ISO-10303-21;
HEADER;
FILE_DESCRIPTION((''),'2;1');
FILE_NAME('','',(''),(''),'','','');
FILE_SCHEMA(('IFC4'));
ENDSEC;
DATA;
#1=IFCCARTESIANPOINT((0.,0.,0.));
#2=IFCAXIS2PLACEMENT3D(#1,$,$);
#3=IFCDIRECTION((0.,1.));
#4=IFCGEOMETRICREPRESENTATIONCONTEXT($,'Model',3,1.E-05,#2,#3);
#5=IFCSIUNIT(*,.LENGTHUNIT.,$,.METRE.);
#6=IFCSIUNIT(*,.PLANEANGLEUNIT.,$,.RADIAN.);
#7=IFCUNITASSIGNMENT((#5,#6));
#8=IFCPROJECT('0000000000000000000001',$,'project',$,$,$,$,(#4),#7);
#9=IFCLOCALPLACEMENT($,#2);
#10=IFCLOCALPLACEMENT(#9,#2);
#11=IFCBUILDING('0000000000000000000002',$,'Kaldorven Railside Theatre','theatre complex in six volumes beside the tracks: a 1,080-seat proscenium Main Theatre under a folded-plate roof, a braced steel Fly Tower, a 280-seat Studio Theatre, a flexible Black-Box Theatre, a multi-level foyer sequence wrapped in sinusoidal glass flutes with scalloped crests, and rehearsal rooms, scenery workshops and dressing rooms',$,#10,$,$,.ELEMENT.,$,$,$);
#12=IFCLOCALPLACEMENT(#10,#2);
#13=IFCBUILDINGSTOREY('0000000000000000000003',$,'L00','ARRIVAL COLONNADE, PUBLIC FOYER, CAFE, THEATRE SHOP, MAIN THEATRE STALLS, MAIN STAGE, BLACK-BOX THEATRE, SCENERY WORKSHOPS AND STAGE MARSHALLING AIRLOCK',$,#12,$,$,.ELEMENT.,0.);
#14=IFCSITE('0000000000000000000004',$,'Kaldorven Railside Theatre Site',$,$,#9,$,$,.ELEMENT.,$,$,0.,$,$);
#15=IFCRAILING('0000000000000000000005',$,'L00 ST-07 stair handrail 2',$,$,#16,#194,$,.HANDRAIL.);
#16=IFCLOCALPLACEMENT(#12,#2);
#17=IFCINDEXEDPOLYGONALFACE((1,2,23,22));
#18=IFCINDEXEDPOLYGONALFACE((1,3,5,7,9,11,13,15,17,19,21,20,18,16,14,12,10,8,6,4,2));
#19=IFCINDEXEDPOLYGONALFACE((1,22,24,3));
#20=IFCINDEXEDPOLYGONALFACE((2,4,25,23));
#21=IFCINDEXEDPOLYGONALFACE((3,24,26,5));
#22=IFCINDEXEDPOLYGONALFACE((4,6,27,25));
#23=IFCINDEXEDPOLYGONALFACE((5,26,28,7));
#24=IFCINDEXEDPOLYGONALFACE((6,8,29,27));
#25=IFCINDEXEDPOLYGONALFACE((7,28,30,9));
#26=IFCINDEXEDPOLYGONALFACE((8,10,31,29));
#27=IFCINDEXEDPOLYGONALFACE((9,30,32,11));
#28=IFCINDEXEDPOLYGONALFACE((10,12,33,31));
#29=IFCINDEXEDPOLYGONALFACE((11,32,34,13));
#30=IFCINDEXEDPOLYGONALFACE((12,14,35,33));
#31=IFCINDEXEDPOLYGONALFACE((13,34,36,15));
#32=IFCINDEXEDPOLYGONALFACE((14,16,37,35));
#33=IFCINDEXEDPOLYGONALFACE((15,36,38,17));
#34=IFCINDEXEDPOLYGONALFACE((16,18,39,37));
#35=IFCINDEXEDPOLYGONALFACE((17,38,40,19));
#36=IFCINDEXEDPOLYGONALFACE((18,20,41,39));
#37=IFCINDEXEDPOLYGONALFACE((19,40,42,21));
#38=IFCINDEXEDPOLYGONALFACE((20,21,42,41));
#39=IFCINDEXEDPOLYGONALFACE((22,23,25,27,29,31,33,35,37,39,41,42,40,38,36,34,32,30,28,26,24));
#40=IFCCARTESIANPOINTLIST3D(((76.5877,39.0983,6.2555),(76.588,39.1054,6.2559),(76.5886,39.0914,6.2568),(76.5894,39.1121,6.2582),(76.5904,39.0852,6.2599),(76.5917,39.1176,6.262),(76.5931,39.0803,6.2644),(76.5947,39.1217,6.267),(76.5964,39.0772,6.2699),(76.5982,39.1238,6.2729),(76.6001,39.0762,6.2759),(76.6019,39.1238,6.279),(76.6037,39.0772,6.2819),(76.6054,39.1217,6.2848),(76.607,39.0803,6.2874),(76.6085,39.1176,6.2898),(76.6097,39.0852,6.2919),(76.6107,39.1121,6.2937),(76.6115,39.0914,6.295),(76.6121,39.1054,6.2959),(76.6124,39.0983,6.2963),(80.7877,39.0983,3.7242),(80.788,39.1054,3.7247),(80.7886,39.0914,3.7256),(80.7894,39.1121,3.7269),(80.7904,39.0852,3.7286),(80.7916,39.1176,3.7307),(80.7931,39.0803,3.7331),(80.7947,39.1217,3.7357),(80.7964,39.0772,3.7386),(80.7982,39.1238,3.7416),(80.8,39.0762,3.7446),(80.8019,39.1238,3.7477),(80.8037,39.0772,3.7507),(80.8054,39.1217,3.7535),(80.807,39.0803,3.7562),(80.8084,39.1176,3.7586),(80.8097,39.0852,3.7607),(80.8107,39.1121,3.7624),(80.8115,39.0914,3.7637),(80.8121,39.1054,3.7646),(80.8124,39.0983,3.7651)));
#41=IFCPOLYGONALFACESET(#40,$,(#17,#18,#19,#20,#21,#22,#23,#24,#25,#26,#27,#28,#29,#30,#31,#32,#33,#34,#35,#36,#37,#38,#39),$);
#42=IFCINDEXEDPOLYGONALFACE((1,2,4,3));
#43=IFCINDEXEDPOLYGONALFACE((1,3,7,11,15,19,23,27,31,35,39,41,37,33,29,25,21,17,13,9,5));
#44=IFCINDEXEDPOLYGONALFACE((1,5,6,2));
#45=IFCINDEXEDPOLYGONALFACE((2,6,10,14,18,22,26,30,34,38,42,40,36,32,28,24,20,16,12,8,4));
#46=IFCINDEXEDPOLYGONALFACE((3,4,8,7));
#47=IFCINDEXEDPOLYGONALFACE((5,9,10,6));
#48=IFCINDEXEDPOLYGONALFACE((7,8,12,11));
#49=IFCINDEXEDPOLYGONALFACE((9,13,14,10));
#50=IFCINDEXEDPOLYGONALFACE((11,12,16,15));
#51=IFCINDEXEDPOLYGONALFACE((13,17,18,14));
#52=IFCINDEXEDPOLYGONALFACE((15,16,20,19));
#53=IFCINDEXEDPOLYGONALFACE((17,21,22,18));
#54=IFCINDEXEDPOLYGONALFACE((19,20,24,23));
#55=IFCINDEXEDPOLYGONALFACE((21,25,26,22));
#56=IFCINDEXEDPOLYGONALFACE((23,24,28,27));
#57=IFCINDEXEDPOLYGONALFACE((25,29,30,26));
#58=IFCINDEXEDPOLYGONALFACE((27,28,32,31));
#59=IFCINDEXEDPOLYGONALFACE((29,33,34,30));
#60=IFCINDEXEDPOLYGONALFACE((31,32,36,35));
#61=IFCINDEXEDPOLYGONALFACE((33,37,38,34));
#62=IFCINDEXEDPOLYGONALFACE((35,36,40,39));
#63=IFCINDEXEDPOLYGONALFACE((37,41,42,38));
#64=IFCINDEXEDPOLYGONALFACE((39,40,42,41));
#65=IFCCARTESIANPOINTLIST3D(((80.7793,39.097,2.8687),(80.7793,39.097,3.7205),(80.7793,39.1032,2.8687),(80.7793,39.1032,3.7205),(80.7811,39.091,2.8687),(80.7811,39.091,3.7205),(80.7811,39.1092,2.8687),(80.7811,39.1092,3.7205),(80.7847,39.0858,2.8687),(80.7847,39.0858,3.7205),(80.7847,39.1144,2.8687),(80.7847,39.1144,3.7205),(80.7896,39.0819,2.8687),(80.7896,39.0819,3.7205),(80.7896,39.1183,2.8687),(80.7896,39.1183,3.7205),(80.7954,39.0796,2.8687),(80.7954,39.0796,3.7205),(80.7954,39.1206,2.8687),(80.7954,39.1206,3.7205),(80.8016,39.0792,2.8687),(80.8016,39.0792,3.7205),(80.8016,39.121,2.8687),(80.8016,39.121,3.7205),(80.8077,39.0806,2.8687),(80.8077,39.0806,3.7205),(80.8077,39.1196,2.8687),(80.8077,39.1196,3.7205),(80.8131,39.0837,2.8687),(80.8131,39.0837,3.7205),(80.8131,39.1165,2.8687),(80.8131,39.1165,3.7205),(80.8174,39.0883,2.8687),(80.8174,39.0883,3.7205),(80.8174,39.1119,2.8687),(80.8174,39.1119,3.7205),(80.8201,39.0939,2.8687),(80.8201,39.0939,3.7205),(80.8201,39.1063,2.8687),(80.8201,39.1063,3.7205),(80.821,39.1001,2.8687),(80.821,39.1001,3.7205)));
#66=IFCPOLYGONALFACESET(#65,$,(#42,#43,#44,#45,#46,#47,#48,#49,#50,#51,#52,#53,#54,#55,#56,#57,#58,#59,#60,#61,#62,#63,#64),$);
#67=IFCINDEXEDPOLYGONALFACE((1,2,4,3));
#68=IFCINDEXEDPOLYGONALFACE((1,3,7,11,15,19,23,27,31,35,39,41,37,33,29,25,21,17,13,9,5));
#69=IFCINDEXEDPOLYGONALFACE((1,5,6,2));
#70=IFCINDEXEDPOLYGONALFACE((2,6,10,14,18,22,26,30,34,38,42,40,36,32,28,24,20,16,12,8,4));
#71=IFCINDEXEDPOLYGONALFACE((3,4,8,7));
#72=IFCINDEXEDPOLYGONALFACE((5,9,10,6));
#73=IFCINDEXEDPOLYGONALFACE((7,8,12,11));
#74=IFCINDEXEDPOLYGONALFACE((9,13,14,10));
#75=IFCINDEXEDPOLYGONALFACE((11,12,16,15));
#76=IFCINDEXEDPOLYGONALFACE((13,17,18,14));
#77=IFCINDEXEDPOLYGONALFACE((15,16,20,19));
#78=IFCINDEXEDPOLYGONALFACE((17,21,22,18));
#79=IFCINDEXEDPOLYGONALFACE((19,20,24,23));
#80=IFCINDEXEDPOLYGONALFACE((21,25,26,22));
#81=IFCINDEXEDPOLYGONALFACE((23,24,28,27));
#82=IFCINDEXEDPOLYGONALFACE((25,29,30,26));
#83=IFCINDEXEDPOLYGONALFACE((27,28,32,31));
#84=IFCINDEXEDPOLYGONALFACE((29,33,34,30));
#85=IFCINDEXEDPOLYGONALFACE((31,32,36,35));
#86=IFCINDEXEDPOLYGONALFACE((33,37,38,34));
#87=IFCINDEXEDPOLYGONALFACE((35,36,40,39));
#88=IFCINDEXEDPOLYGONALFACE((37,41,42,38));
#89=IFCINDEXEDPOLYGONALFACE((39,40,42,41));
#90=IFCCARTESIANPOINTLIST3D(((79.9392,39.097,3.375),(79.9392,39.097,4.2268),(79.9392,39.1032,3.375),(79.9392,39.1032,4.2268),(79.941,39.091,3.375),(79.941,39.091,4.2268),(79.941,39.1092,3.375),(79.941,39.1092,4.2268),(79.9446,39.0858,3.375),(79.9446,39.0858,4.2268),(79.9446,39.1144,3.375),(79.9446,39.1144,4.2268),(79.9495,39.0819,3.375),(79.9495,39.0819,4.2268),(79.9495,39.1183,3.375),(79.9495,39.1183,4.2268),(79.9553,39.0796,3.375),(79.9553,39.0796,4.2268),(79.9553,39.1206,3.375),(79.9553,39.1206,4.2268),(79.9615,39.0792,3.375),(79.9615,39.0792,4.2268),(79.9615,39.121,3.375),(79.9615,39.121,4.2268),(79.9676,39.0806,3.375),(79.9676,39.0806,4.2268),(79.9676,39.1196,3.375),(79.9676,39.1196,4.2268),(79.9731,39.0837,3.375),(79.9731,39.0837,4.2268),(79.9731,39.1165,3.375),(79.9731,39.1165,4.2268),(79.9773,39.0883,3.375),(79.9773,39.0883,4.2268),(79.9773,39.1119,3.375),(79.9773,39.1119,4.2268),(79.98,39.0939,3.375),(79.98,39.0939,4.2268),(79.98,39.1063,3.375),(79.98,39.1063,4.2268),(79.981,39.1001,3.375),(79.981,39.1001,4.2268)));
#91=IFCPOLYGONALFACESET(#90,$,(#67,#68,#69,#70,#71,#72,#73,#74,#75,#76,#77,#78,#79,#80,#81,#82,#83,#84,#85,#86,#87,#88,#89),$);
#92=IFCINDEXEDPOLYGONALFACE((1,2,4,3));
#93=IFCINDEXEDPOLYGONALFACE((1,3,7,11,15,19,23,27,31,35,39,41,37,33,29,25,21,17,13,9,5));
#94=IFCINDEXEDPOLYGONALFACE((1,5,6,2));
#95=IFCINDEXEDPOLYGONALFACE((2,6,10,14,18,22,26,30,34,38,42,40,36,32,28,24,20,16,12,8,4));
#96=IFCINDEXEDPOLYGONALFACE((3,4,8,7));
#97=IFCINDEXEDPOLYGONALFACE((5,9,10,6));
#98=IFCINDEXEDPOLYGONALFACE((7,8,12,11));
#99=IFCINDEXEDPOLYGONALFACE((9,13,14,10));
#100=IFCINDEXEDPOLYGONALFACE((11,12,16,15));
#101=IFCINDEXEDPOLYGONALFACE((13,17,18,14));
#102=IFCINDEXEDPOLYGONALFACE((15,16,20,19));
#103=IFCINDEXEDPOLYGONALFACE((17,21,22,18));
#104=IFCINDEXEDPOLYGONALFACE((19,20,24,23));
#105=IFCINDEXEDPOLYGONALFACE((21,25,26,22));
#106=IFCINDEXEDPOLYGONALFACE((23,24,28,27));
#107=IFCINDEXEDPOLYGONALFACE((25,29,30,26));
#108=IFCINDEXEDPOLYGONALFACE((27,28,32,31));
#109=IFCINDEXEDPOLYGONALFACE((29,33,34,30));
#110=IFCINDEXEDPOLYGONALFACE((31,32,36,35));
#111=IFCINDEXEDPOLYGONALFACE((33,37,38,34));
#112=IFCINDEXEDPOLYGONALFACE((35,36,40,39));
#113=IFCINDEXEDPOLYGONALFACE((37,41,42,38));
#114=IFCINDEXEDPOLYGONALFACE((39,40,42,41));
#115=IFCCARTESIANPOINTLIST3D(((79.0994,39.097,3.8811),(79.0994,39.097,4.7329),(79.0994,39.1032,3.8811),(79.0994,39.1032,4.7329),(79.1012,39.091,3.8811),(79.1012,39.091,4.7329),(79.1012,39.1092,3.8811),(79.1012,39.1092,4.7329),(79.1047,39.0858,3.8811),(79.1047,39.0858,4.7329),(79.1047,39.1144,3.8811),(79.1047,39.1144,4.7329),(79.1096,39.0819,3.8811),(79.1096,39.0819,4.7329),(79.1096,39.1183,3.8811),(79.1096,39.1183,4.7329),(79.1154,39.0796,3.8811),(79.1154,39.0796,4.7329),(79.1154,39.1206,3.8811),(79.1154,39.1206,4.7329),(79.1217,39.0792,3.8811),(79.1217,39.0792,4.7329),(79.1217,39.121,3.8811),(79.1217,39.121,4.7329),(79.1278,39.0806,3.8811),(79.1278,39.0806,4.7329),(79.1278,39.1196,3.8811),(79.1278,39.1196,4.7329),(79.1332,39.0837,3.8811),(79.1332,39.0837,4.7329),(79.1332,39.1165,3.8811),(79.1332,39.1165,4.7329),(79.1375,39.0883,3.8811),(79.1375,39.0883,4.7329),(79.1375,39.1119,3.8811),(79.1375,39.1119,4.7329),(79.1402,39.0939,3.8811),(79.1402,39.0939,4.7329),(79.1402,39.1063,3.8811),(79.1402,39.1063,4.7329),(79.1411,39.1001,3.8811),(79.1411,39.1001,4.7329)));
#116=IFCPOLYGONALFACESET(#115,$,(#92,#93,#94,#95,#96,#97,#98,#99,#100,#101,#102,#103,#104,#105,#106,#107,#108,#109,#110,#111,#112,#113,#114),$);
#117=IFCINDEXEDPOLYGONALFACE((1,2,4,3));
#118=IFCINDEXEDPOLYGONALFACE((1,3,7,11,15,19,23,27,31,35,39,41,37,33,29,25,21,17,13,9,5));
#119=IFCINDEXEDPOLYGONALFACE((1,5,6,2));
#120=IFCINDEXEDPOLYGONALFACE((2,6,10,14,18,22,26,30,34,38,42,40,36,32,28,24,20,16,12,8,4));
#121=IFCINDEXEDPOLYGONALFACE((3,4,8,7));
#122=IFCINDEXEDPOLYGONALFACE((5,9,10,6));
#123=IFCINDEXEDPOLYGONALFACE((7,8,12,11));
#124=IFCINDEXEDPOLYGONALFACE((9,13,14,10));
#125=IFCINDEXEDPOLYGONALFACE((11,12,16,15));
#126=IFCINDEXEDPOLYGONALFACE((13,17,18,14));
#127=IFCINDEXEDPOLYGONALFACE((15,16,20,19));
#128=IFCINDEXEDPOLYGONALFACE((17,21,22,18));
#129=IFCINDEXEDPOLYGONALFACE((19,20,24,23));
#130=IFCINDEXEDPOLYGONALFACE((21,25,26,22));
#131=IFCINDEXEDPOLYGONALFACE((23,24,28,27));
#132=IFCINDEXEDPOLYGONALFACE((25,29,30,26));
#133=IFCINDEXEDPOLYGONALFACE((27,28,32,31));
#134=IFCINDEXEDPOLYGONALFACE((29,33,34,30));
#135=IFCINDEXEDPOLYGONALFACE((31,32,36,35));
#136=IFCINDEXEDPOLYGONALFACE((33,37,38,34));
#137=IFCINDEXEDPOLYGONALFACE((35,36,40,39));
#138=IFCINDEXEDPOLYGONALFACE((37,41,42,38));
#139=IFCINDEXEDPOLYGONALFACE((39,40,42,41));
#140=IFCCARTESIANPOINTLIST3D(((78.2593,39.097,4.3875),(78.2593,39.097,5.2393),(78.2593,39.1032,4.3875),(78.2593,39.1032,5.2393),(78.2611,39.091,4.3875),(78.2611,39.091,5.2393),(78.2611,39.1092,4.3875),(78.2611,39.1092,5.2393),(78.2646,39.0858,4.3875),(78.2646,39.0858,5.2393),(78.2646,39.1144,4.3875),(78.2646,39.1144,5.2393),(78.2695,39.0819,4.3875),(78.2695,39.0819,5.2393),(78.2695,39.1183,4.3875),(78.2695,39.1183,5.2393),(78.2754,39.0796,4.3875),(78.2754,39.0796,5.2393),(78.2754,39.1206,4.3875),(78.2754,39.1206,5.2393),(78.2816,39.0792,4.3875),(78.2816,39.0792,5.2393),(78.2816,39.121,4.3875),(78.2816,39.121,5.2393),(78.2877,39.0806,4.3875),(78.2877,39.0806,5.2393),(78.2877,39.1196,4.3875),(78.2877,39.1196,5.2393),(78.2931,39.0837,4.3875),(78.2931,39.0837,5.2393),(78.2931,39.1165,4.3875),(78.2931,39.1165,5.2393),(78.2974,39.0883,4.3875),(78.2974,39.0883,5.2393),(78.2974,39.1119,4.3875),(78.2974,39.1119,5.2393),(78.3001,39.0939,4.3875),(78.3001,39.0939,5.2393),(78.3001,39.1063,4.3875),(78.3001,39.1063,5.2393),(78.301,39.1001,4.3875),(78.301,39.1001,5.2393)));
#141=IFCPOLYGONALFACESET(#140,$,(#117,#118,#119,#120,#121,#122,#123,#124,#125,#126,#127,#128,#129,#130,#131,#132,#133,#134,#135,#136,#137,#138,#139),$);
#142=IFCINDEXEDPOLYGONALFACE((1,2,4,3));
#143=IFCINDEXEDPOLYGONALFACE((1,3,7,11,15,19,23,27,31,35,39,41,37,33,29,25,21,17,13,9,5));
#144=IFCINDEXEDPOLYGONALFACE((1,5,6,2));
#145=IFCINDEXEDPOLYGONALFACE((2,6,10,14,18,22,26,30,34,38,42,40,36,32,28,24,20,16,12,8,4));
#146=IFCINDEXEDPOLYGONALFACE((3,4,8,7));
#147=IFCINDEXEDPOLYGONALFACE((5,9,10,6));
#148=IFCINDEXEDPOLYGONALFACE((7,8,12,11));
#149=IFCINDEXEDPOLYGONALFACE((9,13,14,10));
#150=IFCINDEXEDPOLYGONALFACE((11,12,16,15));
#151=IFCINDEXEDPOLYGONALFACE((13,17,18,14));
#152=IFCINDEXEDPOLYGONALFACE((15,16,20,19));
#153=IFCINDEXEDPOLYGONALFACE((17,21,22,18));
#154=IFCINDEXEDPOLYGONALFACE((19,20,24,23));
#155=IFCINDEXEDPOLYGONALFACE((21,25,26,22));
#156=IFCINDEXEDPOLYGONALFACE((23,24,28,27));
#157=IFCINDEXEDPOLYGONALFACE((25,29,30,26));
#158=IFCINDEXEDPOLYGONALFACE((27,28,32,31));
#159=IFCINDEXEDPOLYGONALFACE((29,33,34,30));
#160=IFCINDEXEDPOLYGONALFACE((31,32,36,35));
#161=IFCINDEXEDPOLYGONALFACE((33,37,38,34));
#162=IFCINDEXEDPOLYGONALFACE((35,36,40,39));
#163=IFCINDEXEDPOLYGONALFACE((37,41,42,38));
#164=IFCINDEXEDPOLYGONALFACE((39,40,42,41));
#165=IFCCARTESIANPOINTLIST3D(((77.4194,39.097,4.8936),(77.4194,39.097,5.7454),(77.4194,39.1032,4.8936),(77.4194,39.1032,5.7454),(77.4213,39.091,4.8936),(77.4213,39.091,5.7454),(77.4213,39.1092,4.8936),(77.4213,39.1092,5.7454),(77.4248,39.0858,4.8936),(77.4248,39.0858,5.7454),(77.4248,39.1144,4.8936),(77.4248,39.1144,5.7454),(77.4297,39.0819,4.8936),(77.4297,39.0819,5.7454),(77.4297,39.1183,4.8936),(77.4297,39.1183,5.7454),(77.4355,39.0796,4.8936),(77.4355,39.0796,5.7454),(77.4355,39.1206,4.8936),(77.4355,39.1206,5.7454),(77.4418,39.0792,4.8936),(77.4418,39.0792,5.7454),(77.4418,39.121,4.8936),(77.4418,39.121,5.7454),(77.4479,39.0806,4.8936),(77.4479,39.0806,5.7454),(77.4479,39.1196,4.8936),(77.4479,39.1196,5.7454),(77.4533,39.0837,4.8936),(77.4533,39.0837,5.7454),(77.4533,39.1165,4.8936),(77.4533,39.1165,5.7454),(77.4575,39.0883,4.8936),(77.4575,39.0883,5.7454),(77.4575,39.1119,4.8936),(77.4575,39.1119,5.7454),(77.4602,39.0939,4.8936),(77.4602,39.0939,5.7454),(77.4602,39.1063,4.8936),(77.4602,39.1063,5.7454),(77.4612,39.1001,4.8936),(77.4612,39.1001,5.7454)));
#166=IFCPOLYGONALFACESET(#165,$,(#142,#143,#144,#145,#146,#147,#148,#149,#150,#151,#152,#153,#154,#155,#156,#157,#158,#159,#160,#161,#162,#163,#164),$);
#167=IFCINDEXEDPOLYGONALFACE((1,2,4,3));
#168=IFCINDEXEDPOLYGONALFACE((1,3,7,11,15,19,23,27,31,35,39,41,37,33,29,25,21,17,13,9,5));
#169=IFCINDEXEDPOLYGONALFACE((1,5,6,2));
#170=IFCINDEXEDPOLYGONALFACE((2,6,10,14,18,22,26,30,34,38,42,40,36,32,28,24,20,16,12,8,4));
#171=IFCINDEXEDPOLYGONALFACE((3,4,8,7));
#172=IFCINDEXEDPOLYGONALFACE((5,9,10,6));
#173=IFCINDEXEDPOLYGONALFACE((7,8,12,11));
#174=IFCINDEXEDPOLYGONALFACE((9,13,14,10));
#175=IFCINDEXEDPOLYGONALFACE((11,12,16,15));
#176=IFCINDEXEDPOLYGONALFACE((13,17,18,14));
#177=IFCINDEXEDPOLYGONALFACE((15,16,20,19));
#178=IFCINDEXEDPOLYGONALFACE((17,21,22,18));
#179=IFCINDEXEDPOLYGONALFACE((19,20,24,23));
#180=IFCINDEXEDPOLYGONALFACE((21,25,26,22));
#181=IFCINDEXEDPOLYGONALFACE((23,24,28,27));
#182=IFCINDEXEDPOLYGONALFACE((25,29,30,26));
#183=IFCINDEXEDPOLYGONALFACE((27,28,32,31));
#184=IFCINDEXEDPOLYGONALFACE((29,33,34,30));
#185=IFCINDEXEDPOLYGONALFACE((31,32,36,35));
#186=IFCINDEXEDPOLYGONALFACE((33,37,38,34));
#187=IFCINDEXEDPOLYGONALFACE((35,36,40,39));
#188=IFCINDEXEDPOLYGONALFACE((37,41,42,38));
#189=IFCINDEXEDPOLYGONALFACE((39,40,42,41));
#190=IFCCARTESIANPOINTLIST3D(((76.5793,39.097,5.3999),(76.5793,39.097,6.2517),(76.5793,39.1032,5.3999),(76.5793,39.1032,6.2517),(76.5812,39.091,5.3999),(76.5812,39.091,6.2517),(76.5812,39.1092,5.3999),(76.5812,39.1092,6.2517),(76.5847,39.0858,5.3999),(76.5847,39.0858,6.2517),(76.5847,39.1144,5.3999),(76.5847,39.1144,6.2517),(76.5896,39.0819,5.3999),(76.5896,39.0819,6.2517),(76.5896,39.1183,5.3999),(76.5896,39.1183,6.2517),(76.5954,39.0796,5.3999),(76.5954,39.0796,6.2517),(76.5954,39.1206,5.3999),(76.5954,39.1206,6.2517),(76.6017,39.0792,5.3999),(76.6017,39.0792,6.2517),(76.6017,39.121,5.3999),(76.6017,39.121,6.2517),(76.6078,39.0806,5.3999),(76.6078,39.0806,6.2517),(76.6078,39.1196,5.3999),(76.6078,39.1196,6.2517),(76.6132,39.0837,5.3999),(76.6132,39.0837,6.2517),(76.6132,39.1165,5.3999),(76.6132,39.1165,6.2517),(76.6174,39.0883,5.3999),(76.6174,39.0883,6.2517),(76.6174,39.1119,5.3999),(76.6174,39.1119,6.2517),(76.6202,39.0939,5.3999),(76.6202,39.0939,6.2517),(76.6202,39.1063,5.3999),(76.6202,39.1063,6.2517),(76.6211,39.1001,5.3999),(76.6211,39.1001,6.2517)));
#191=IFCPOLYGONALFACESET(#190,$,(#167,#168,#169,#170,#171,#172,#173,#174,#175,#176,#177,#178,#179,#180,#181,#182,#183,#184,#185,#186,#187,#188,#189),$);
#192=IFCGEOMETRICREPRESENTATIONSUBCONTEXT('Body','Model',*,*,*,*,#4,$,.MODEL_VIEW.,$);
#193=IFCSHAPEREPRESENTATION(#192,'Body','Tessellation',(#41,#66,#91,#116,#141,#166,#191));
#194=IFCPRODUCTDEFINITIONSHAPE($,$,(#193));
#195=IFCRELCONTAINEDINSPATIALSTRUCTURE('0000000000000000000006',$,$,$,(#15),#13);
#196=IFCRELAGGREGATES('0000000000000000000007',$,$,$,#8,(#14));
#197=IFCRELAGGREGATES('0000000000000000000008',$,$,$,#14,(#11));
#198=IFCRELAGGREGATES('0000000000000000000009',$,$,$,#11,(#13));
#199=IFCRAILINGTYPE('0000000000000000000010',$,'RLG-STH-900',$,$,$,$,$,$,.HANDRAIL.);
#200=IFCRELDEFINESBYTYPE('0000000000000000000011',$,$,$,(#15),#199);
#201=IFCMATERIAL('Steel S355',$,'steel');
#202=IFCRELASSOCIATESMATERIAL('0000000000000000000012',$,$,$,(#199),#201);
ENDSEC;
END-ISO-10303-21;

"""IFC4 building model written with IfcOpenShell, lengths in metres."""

from ifc_helpers import new_model, si_unit, direction, frame, origin, origin_2d, place, context, subcontext, project, spatial, circle, extrude, material, type_object, element, save


model = new_model("IFC4")

# Units and contexts
model_context = context("Model", 3, precision=1e-05, world=origin(), true_north=direction((0.0, 1.0)))
body_context = subcontext(model_context, "Body", "Model", "MODEL_VIEW")
ifc_project = project(units=[si_unit("LENGTHUNIT", "METRE"), si_unit("PLANEANGLEUNIT", "RADIAN")], contexts=[model_context])

# Site, building, storey
site_placement = place(None, origin())
site = spatial("IfcSite", under=ifc_project, at=site_placement, Name="Kaldorven Railside Theatre Site", CompositionType="ELEMENT", RefElevation=0.0)
building_placement = place(site_placement, origin())
building = spatial("IfcBuilding", under=site, at=building_placement, Name="Kaldorven Railside Theatre", Description="theatre complex in six volumes beside the tracks: a 1,080-seat proscenium Main Theatre under a folded-plate roof, a braced steel Fly Tower, a 280-seat Studio Theatre, a flexible Black-Box Theatre, a multi-level foyer sequence wrapped in sinusoidal glass flutes with scalloped crests, and rehearsal rooms, scenery workshops and dressing rooms", CompositionType="ELEMENT")
storey_placement = place(building_placement, origin())
storey = spatial("IfcBuildingStorey", under=building, at=storey_placement, Name="L00", Description="ARRIVAL COLONNADE, PUBLIC FOYER, CAFE, THEATRE SHOP, MAIN THEATRE STALLS, MAIN STAGE, BLACK-BOX THEATRE, SCENERY WORKSHOPS AND STAGE MARSHALLING AIRLOCK", CompositionType="ELEMENT", Elevation=0.0)

# Shared definitions
ifc_material_1 = material(Name="Steel S355", Category="steel")

# Railing
railing_type_1 = type_object("IfcRailingType", Name="RLG-STH-900", PredefinedType="HANDRAIL", material=ifc_material_1)
railing_1_placement = place(storey_placement, frame((80.8, 39.1001, 2.8687)))
element("IfcRailing", 1, at=railing_1_placement, inside=storey, type_object=railing_type_1, Name="L00 ST-07 stair handrail 2", PredefinedType="HANDRAIL", context=body_context, shape_type="SweptSolid", body=[
    extrude(circle(Radius=0.0239, at=origin_2d()), frame((0.0, 0.0, 0.876), z_axis=(-0.856476, 0.0, 0.516186), x_axis=(0.0, -1.0, 0.0)), (0.0, 0.0, 1.0), 4.9038),
    extrude(circle(Radius=0.021, at=origin_2d()), origin(), (0.0, 0.0, 1.0), 0.8518),
    extrude(circle(Radius=0.021, at=origin_2d()), frame((-0.8401, 0.0, 0.5063)), (0.0, 0.0, 1.0), 0.8518),
    extrude(circle(Radius=0.021, at=origin_2d()), frame((-1.6799, 0.0, 1.0125)), (0.0, 0.0, 1.0), 0.8518),
    extrude(circle(Radius=0.021, at=origin_2d()), frame((-2.52, 0.0, 1.5188)), (0.0, 0.0, 1.0), 0.8518),
    extrude(circle(Radius=0.021, at=origin_2d()), frame((-3.3599, 0.0, 2.0249)), (0.0, 0.0, 1.0), 0.8518),
    extrude(circle(Radius=0.021, at=origin_2d()), frame((-4.2, 0.0, 2.5312)), (0.0, 0.0, 1.0), 0.8518),
])

save(model, "model.ifc")
